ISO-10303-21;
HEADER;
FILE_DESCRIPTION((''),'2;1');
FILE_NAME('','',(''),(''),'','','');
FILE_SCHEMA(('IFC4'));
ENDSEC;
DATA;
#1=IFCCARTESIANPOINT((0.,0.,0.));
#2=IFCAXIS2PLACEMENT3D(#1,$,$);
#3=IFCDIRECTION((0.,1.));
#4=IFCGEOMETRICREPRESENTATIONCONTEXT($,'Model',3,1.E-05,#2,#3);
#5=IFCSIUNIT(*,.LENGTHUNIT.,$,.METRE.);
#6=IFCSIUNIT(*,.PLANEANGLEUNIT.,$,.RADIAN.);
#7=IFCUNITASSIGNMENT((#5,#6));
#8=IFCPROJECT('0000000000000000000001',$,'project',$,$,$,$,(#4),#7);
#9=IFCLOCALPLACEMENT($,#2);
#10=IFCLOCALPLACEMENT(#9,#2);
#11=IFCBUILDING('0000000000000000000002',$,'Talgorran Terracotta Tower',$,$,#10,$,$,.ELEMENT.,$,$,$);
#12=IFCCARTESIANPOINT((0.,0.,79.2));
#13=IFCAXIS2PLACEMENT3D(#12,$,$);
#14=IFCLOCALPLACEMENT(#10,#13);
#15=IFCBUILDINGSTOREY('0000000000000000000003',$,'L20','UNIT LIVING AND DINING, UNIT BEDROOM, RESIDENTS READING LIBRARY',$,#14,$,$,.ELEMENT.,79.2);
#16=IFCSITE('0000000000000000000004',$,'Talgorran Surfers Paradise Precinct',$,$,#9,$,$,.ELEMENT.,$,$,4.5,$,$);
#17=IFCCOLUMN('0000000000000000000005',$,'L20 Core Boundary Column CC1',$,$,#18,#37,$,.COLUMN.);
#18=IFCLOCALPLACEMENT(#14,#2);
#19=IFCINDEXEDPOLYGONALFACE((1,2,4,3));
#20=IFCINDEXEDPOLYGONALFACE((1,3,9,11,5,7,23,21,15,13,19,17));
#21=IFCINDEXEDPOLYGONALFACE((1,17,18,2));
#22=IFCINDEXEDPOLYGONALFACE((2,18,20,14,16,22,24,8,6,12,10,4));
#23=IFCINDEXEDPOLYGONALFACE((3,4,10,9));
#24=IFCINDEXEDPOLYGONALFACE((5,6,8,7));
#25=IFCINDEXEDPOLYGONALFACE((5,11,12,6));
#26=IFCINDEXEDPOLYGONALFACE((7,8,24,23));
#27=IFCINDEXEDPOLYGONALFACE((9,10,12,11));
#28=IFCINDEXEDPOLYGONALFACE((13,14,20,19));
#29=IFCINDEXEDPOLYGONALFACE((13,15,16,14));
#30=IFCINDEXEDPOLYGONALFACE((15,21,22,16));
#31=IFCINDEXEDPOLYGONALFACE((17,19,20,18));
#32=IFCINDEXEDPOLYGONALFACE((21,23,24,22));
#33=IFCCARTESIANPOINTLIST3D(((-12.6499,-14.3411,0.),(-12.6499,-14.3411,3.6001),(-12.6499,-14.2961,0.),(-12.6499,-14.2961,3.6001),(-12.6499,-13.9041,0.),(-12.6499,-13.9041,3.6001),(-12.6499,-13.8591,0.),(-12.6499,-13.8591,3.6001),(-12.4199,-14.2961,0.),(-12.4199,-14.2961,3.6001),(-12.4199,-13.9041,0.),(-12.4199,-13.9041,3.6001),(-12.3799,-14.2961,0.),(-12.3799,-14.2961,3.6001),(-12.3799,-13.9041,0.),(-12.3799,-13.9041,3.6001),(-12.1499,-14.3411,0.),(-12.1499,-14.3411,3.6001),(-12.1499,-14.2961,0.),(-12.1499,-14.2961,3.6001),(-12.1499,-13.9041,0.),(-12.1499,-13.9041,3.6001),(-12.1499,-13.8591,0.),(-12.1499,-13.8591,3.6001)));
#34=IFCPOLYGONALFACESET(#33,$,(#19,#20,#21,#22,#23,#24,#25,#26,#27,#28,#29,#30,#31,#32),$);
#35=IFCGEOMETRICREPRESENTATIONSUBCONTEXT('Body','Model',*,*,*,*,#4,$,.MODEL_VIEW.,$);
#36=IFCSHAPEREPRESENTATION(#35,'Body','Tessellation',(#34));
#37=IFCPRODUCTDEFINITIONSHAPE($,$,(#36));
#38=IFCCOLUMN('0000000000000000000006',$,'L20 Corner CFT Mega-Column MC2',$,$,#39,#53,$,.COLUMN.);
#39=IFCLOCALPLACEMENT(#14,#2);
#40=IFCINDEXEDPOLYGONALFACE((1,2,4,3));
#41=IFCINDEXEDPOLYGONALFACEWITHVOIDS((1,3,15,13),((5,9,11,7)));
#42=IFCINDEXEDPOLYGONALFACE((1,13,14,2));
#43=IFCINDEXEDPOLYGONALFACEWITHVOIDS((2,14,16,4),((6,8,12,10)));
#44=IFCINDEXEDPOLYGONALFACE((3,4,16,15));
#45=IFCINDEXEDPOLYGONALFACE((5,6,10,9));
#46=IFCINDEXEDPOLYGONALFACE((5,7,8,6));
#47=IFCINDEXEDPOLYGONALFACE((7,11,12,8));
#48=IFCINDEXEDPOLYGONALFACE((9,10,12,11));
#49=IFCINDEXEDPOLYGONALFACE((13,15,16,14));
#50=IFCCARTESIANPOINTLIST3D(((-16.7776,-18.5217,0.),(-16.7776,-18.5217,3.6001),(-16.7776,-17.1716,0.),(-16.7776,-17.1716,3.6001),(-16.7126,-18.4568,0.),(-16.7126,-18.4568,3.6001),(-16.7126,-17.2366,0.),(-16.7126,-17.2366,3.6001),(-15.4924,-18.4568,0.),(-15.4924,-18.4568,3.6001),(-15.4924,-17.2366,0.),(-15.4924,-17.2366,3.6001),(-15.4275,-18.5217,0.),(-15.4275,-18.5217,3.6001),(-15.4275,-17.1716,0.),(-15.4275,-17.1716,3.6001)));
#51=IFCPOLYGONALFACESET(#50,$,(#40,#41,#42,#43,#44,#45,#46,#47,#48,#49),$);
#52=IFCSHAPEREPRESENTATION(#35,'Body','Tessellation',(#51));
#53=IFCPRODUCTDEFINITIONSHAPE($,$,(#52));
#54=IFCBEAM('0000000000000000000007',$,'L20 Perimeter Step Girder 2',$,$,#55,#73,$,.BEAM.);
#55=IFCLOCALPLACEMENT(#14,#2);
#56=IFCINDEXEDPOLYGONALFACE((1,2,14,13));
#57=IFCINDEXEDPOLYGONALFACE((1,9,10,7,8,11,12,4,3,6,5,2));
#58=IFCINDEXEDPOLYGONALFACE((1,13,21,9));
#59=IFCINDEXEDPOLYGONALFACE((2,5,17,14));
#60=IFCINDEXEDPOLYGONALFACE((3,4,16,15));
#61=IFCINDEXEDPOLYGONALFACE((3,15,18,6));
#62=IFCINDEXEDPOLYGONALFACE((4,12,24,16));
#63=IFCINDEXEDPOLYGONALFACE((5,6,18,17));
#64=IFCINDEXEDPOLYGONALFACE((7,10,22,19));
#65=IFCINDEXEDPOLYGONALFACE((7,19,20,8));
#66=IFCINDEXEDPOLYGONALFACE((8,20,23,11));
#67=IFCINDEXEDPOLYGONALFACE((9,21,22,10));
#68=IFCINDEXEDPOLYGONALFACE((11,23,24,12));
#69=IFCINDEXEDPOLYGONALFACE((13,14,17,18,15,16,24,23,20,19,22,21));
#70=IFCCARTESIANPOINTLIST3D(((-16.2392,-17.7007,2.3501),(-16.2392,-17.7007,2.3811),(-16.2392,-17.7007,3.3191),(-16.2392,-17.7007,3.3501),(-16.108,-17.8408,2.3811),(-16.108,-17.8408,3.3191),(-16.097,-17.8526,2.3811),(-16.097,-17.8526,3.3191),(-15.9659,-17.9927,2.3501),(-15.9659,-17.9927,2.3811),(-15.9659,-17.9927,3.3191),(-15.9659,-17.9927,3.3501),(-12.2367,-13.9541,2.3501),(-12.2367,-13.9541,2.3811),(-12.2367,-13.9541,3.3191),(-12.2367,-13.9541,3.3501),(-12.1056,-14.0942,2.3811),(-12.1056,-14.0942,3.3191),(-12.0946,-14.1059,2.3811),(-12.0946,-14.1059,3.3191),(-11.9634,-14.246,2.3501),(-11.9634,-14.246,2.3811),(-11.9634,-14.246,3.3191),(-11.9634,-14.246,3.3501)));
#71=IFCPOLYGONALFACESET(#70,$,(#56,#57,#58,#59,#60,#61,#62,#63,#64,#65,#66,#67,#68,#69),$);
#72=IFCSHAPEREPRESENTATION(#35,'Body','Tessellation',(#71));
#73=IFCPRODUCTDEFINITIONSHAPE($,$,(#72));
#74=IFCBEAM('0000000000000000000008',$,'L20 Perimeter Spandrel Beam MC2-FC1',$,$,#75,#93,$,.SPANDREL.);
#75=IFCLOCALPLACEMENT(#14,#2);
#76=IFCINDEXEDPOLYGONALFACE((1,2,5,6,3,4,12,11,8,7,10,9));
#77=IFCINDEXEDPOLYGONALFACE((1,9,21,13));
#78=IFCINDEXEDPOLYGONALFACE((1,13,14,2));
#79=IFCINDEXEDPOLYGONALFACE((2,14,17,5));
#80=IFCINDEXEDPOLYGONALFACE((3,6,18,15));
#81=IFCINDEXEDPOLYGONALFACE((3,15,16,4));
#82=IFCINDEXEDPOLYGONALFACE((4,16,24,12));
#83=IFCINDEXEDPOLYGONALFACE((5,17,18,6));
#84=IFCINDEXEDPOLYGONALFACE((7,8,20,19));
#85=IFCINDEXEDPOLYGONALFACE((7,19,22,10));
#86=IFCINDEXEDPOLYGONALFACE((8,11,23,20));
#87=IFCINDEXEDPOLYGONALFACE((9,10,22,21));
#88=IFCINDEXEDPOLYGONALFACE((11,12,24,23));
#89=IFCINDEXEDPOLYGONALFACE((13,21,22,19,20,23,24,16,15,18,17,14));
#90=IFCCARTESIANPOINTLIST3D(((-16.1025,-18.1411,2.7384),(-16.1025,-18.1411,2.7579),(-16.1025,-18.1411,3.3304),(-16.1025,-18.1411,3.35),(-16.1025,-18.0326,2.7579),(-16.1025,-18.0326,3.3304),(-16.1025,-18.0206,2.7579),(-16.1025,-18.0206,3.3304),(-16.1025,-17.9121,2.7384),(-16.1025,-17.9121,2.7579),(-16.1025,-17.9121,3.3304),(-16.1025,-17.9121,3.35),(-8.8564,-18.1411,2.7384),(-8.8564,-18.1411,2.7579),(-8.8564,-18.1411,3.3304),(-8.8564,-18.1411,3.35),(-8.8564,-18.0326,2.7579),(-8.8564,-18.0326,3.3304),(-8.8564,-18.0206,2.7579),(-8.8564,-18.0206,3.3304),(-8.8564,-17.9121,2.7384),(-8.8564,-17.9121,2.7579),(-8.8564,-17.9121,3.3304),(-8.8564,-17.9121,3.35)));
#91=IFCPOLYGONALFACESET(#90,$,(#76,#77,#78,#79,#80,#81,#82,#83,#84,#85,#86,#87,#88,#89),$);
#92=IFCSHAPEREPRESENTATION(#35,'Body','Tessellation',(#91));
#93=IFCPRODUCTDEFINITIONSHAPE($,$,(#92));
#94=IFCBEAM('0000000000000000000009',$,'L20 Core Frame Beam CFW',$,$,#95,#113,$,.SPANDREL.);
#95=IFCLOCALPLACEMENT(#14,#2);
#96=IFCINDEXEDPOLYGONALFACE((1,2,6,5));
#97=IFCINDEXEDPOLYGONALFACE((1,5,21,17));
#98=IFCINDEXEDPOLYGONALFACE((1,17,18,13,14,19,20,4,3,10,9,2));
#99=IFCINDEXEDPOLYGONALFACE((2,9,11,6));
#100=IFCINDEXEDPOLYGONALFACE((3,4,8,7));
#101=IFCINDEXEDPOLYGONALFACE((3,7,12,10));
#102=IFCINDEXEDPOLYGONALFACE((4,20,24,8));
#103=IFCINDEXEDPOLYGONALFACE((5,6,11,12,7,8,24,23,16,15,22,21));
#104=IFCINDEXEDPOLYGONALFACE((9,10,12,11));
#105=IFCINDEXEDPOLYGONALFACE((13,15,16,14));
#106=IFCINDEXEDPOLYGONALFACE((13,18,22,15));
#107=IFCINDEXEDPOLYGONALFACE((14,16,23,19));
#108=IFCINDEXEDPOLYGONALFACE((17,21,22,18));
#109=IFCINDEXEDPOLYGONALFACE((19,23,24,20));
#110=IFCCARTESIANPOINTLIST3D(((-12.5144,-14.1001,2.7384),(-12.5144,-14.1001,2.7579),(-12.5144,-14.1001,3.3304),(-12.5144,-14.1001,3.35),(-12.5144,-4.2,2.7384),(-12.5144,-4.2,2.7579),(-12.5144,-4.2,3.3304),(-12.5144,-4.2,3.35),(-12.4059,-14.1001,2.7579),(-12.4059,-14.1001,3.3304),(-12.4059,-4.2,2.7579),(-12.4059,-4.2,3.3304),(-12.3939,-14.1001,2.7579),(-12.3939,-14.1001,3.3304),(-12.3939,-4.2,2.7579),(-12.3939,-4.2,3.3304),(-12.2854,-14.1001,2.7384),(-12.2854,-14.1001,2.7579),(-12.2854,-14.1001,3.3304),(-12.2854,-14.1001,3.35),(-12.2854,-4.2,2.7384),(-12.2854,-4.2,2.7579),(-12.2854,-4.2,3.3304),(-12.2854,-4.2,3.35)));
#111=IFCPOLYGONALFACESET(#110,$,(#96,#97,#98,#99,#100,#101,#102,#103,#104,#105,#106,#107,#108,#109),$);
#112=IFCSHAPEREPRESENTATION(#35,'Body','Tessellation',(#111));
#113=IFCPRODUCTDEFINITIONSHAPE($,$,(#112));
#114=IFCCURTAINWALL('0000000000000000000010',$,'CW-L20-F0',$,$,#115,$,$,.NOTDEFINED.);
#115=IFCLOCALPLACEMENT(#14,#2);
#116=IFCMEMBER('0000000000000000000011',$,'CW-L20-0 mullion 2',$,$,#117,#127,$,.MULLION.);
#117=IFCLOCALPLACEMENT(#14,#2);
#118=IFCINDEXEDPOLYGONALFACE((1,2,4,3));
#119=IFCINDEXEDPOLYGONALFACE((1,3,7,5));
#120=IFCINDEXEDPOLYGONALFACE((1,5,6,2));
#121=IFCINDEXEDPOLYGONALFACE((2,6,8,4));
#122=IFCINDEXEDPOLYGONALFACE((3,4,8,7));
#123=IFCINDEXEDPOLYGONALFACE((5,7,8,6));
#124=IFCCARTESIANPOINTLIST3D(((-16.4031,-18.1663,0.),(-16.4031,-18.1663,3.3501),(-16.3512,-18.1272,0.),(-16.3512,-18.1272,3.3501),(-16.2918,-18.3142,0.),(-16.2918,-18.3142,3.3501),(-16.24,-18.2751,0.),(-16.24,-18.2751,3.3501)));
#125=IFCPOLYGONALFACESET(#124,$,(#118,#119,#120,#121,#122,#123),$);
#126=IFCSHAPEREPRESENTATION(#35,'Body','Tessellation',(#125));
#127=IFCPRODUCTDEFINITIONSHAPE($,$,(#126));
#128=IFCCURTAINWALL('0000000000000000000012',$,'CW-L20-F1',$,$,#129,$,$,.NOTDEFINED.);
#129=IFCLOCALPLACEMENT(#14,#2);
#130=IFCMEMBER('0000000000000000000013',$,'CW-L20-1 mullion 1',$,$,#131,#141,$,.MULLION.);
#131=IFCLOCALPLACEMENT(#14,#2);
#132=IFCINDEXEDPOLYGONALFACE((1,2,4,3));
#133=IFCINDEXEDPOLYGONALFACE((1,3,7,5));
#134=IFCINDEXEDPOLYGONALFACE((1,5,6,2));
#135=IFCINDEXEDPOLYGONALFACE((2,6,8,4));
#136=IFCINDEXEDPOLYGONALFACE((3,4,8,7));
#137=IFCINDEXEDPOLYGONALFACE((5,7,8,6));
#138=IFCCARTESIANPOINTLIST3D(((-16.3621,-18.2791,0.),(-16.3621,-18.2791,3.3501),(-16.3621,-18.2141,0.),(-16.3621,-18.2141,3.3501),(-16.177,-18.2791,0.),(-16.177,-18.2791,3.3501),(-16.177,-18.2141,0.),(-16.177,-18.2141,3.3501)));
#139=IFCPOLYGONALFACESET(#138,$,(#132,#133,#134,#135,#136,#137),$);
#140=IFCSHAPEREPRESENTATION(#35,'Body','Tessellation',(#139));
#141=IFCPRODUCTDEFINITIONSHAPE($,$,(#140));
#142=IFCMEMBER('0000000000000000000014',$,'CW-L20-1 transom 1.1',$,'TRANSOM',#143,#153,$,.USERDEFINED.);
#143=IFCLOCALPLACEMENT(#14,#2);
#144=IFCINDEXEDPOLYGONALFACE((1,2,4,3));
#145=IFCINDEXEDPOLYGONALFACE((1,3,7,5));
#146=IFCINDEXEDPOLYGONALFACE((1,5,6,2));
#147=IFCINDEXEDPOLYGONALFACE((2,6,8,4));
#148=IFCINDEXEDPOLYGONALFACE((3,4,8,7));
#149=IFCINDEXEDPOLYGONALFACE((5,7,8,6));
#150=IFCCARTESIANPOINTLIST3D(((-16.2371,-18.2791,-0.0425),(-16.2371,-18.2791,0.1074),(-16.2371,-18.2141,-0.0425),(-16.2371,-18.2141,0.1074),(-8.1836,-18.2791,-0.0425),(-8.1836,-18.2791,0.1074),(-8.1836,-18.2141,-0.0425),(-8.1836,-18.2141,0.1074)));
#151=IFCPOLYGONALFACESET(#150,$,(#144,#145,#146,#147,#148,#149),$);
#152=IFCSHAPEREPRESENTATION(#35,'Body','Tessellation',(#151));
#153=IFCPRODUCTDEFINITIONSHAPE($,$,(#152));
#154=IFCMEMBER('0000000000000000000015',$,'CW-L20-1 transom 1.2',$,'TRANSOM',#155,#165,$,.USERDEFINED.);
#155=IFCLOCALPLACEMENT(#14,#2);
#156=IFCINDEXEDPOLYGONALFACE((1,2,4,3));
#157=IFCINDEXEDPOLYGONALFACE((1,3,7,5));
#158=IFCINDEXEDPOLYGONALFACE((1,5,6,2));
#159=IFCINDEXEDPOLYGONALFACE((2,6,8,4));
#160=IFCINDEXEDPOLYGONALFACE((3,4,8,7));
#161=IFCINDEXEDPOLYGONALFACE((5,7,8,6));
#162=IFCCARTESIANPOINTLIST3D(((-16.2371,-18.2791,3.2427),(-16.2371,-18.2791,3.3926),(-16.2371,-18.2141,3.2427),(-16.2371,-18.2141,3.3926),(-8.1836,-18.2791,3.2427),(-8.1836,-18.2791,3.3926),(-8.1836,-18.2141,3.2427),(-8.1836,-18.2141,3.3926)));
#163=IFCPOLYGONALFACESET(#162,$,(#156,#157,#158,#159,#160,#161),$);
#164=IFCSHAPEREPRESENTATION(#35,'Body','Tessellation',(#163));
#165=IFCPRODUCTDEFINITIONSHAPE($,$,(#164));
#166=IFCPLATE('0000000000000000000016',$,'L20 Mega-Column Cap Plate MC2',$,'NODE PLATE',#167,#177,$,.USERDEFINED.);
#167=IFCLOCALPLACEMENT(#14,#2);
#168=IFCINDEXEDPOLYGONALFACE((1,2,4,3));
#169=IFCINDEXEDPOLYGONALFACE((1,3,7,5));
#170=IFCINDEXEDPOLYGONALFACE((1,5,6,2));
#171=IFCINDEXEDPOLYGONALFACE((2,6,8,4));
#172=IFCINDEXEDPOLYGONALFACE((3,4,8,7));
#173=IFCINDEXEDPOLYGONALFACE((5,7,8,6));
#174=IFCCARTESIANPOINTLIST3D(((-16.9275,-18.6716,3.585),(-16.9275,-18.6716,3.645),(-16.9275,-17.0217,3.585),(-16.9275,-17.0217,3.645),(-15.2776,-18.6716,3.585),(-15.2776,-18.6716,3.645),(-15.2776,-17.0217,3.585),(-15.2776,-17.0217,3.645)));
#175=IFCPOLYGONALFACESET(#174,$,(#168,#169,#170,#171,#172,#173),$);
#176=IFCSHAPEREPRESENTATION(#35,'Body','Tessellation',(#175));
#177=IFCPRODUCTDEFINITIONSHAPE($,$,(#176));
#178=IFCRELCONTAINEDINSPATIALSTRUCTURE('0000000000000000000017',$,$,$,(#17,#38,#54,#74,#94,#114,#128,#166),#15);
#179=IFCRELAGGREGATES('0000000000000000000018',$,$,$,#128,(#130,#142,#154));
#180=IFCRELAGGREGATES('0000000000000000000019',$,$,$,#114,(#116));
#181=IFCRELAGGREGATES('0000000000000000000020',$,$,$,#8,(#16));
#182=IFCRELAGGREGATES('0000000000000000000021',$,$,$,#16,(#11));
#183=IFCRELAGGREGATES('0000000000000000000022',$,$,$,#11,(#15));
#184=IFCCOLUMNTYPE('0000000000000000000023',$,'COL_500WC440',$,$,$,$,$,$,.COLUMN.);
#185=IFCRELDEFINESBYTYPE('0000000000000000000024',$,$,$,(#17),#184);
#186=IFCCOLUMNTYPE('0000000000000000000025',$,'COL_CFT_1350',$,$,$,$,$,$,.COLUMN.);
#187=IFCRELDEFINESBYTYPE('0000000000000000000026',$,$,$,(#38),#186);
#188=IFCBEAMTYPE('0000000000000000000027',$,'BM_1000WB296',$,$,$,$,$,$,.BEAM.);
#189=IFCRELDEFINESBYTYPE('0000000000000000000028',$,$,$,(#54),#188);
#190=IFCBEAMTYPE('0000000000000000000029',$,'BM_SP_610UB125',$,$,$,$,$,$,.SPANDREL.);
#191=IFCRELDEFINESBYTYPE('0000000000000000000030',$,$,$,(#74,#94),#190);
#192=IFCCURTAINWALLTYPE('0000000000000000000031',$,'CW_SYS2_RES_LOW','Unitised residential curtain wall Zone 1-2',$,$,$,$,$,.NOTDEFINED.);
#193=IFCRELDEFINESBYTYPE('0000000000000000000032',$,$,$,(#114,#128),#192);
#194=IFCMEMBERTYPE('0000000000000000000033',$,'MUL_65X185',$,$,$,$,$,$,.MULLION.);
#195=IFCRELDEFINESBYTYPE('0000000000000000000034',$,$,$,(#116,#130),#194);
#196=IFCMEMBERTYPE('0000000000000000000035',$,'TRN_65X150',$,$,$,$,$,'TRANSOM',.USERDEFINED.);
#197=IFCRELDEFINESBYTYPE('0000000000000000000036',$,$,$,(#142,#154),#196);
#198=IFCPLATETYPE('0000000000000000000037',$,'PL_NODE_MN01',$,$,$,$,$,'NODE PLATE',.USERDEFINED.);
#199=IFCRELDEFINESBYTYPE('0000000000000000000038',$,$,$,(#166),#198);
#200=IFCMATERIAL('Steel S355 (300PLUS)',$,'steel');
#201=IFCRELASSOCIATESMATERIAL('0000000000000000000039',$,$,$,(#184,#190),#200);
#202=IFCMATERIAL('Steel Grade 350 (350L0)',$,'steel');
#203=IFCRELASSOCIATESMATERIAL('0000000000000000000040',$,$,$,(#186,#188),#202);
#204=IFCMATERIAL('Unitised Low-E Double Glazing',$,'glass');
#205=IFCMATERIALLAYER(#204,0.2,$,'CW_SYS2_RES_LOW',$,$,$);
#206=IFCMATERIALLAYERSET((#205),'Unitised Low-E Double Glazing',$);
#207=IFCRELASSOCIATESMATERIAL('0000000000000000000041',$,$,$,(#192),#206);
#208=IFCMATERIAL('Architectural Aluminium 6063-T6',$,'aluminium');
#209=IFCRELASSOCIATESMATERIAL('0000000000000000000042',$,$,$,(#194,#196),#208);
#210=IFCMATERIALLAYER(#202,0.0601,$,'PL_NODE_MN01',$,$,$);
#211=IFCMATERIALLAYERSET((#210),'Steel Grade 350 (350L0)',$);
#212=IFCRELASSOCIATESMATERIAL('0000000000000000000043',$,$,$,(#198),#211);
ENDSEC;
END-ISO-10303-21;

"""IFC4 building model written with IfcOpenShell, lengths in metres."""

from ifc_helpers import new_model, si_unit, direction, frame, origin, origin_2d, place, context, subcontext, project, spatial, rectangle, hollow_rectangle, i_section, extrude, material, layer, layer_set, material_profile, profile_set, type_object, element, aggregate, save


model = new_model("IFC4")

# Units and contexts
model_context = context("Model", 3, precision=1e-05, world=origin(), true_north=direction((0.0, 1.0)))
body_context = subcontext(model_context, "Body", "Model", "MODEL_VIEW")
ifc_project = project(units=[si_unit("LENGTHUNIT", "METRE"), si_unit("PLANEANGLEUNIT", "RADIAN")], contexts=[model_context])

# Site, building, storey
site_placement = place(None, origin())
site = spatial("IfcSite", under=ifc_project, at=site_placement, Name="Talgorran Surfers Paradise Precinct", CompositionType="ELEMENT", RefElevation=4.5)
building_placement = place(site_placement, origin())
building = spatial("IfcBuilding", under=site, at=building_placement, Name="Talgorran Terracotta Tower", CompositionType="ELEMENT")
storey_placement = place(building_placement, frame((0.0, 0.0, 79.2)))
storey = spatial("IfcBuildingStorey", under=building, at=storey_placement, Name="L20", Description="UNIT LIVING AND DINING, UNIT BEDROOM, RESIDENTS READING LIBRARY", CompositionType="ELEMENT", Elevation=79.2)

# Columns
ifc_material_1 = material(Name="Steel S355 (300PLUS)", Category="steel")
ifc_material_profile_1 = material_profile(ifc_material_1, i_section(OverallWidth=0.5, OverallDepth=0.4819, WebThickness=0.04, FlangeThickness=0.0449, at=origin_2d()), Name="500WC440")
ifc_profile_set_1 = profile_set([ifc_material_profile_1], Name="Steel S355 (300PLUS)")
column_type_1 = type_object("IfcColumnType", Name="COL_500WC440", PredefinedType="COLUMN", material=ifc_profile_set_1)
column_1_placement = place(storey_placement, frame((-12.3999, -14.1001, 0.0), z_axis=(0.0, 0.0, 1.0), x_axis=(1.0, 0.0, 0.0)))
element("IfcColumn", 1, at=column_1_placement, inside=storey, type_object=column_type_1, Name="L20 Core Boundary Column CC1", PredefinedType="COLUMN", context=body_context, shape_type="SweptSolid", body=[
    extrude(i_section(OverallWidth=0.5, OverallDepth=0.4819, WebThickness=0.04, FlangeThickness=0.0449, at=origin_2d()), origin(), (0.0, 0.0, 1.0), 3.6001),
])
ifc_material_2 = material(Name="Steel Grade 350 (350L0)", Category="steel")
ifc_material_profile_2 = material_profile(ifc_material_2, hollow_rectangle(XDim=1.3501, YDim=1.3501, WallThickness=0.0649, at=origin_2d()), Name="CFT1350X1350X65")
ifc_profile_set_2 = profile_set([ifc_material_profile_2], Name="Steel Grade 350 (350L0)")
column_type_2 = type_object("IfcColumnType", Name="COL_CFT_1350", PredefinedType="COLUMN", material=ifc_profile_set_2)
column_2_placement = place(storey_placement, frame((-16.1025, -17.8467, 0.0), z_axis=(0.0, 0.0, 1.0), x_axis=(1.0, 0.0, 0.0)))
element("IfcColumn", 2, at=column_2_placement, inside=storey, type_object=column_type_2, Name="L20 Corner CFT Mega-Column MC2", PredefinedType="COLUMN", context=body_context, shape_type="SweptSolid", body=[
    extrude(hollow_rectangle(XDim=1.3501, YDim=1.3501, WallThickness=0.0649, at=origin_2d()), origin(), (0.0, 0.0, 1.0), 3.6001),
])

# Beams
ifc_material_profile_3 = material_profile(ifc_material_2, i_section(OverallWidth=0.3999, OverallDepth=1.0, WebThickness=0.0161, FlangeThickness=0.031, at=origin_2d()), Name="1000WB296")
ifc_profile_set_3 = profile_set([ifc_material_profile_3], Name="Steel Grade 350 (350L0)")
beam_type_1 = type_object("IfcBeamType", Name="BM_1000WB296", PredefinedType="BEAM", material=ifc_profile_set_3)
beam_1_placement = place(storey_placement, frame((-16.1025, -17.8467, 2.8501), z_axis=(0.730056, 0.683387, 0.0), x_axis=(-0.683387, 0.730056, 0.0)))
element("IfcBeam", 3, at=beam_1_placement, inside=storey, type_object=beam_type_1, Name="L20 Perimeter Step Girder 2", PredefinedType="BEAM", context=body_context, shape_type="SweptSolid", body=[
    extrude(i_section(OverallWidth=0.3999, OverallDepth=1.0, WebThickness=0.0161, FlangeThickness=0.031, at=origin_2d()), origin(), (0.0, 0.0, 1.0), 5.4824),
])
ifc_material_profile_4 = material_profile(ifc_material_1, i_section(OverallWidth=0.229, OverallDepth=0.6116, WebThickness=0.012, FlangeThickness=0.0195, at=origin_2d()), Name="610UB125")
ifc_profile_set_4 = profile_set([ifc_material_profile_4], Name="Steel S355 (300PLUS)")
beam_type_2 = type_object("IfcBeamType", Name="BM_SP_610UB125", PredefinedType="SPANDREL", material=ifc_profile_set_4)
beam_2_placement = place(storey_placement, frame((-16.1025, -18.0266, 3.0442), z_axis=(1.0, 0.0, 0.0), x_axis=(0.0, 1.0, 0.0)))
element("IfcBeam", 4, at=beam_2_placement, inside=storey, type_object=beam_type_2, Name="L20 Perimeter Spandrel Beam MC2-FC1", PredefinedType="SPANDREL", context=body_context, shape_type="SweptSolid", body=[
    extrude(i_section(OverallWidth=0.229, OverallDepth=0.6116, WebThickness=0.012, FlangeThickness=0.0195, at=origin_2d()), origin(), (0.0, 0.0, 1.0), 7.2461),
])
beam_3_placement = place(storey_placement, frame((-12.3999, -14.1001, 3.0442), z_axis=(0.0, 1.0, 0.0), x_axis=(-1.0, 0.0, 0.0)))
element("IfcBeam", 5, at=beam_3_placement, inside=storey, type_object=beam_type_2, Name="L20 Core Frame Beam CFW", PredefinedType="SPANDREL", context=body_context, shape_type="SweptSolid", body=[
    extrude(i_section(OverallWidth=0.229, OverallDepth=0.6116, WebThickness=0.012, FlangeThickness=0.0195, at=origin_2d()), origin(), (0.0, 0.0, 1.0), 9.9001),
])

# Curtain wall, member
ifc_material_3 = material(Name="Unitised Low-E Double Glazing", Category="glass")
ifc_layer_1 = layer(ifc_material_3, 0.2, Name="CW_SYS2_RES_LOW")
ifc_layer_set_1 = layer_set([ifc_layer_1], Name="Unitised Low-E Double Glazing")
curtain_wall_type = type_object("IfcCurtainWallType", Name="CW_SYS2_RES_LOW", Description="Unitised residential curtain wall Zone 1-2", PredefinedType="NOTDEFINED", material=ifc_layer_set_1)
curtain_wall_1_placement = place(storey_placement, origin())
curtain_wall_1 = element("IfcCurtainWall", 6, at=curtain_wall_1_placement, inside=storey, type_object=curtain_wall_type, Name="CW-L20-F0", PredefinedType="NOTDEFINED")
ifc_material_4 = material(Name="Architectural Aluminium 6063-T6", Category="aluminium")
ifc_material_profile_5 = material_profile(ifc_material_4, rectangle(XDim=0.0649, YDim=0.1851, at=origin_2d()), Name="CWM65X185")
ifc_profile_set_5 = profile_set([ifc_material_profile_5], Name="Architectural Aluminium 6063-T6")
member_type_1 = type_object("IfcMemberType", Name="MUL_65X185", PredefinedType="MULLION", material=ifc_profile_set_5)
member_1_placement = place(storey_placement, frame((-16.3215, -18.2207, 0.0), z_axis=(0.0, 0.0, 1.0), x_axis=(0.799067, 0.601243, 0.0)))
member_1 = element("IfcMember", 7, at=member_1_placement, type_object=member_type_1, Name="CW-L20-0 mullion 2", PredefinedType="MULLION", context=body_context, shape_type="SweptSolid", body=[
    extrude(rectangle(XDim=0.0649, YDim=0.1851, at=origin_2d()), origin(), (0.0, 0.0, 1.0), 3.3501),
])

# Curtain wall, members
curtain_wall_2_placement = place(storey_placement, origin())
curtain_wall_2 = element("IfcCurtainWall", 8, at=curtain_wall_2_placement, inside=storey, type_object=curtain_wall_type, Name="CW-L20-F1", PredefinedType="NOTDEFINED")
member_2_placement = place(storey_placement, frame((-16.2695, -18.2466, 0.0), z_axis=(0.0, 0.0, 1.0), x_axis=(0.0, 1.0, 0.0)))
member_2 = element("IfcMember", 9, at=member_2_placement, type_object=member_type_1, Name="CW-L20-1 mullion 1", PredefinedType="MULLION", context=body_context, shape_type="SweptSolid", body=[
    extrude(rectangle(XDim=0.0649, YDim=0.1851, at=origin_2d()), origin(), (0.0, 0.0, 1.0), 3.3501),
])
ifc_material_profile_6 = material_profile(ifc_material_4, rectangle(XDim=0.0649, YDim=0.1499, at=origin_2d()), Name="CWT65X150")
ifc_profile_set_6 = profile_set([ifc_material_profile_6], Name="Architectural Aluminium 6063-T6")
member_type_2 = type_object("IfcMemberType", Name="TRN_65X150", ElementType="TRANSOM", PredefinedType="USERDEFINED", material=ifc_profile_set_6)
member_3_placement = place(storey_placement, frame((-16.2371, -18.2466, 0.0325), z_axis=(1.0, 0.0, 0.0), x_axis=(0.0, 1.0, 0.0)))
member_3 = element("IfcMember", 10, at=member_3_placement, type_object=member_type_2, Name="CW-L20-1 transom 1.1", ObjectType="TRANSOM", PredefinedType="USERDEFINED", context=body_context, shape_type="SweptSolid", body=[
    extrude(rectangle(XDim=0.0649, YDim=0.1499, at=origin_2d()), origin(), (0.0, 0.0, 1.0), 8.0535),
])
member_4_placement = place(storey_placement, frame((-16.2371, -18.2466, 3.3176), z_axis=(1.0, 0.0, 0.0), x_axis=(0.0, 1.0, 0.0)))
member_4 = element("IfcMember", 11, at=member_4_placement, type_object=member_type_2, Name="CW-L20-1 transom 1.2", ObjectType="TRANSOM", PredefinedType="USERDEFINED", context=body_context, shape_type="SweptSolid", body=[
    extrude(rectangle(XDim=0.0649, YDim=0.1499, at=origin_2d()), origin(), (0.0, 0.0, 1.0), 8.0535),
])
aggregate(curtain_wall_2, [member_2, member_3, member_4])

# Plate
ifc_layer_2 = layer(ifc_material_2, 0.0601, Name="PL_NODE_MN01")
ifc_layer_set_2 = layer_set([ifc_layer_2], Name="Steel Grade 350 (350L0)")
plate_type_1 = type_object("IfcPlateType", Name="PL_NODE_MN01", ElementType="NODE PLATE", PredefinedType="USERDEFINED", material=ifc_layer_set_2)
plate_1_placement = place(storey_placement, frame((-16.1025, -17.8467, 3.585), z_axis=(0.0, 0.0, 1.0), x_axis=(1.0, 0.0, 0.0)))
element("IfcPlate", 12, at=plate_1_placement, inside=storey, type_object=plate_type_1, Name="L20 Mega-Column Cap Plate MC2", ObjectType="NODE PLATE", PredefinedType="USERDEFINED", context=body_context, shape_type="SweptSolid", body=[
    extrude(rectangle(XDim=1.6499, YDim=1.6499, at=origin_2d()), origin(), (0.0, 0.0, 1.0), 0.0601),
])
aggregate(curtain_wall_1, [member_1])

save(model, "model.ifc")
